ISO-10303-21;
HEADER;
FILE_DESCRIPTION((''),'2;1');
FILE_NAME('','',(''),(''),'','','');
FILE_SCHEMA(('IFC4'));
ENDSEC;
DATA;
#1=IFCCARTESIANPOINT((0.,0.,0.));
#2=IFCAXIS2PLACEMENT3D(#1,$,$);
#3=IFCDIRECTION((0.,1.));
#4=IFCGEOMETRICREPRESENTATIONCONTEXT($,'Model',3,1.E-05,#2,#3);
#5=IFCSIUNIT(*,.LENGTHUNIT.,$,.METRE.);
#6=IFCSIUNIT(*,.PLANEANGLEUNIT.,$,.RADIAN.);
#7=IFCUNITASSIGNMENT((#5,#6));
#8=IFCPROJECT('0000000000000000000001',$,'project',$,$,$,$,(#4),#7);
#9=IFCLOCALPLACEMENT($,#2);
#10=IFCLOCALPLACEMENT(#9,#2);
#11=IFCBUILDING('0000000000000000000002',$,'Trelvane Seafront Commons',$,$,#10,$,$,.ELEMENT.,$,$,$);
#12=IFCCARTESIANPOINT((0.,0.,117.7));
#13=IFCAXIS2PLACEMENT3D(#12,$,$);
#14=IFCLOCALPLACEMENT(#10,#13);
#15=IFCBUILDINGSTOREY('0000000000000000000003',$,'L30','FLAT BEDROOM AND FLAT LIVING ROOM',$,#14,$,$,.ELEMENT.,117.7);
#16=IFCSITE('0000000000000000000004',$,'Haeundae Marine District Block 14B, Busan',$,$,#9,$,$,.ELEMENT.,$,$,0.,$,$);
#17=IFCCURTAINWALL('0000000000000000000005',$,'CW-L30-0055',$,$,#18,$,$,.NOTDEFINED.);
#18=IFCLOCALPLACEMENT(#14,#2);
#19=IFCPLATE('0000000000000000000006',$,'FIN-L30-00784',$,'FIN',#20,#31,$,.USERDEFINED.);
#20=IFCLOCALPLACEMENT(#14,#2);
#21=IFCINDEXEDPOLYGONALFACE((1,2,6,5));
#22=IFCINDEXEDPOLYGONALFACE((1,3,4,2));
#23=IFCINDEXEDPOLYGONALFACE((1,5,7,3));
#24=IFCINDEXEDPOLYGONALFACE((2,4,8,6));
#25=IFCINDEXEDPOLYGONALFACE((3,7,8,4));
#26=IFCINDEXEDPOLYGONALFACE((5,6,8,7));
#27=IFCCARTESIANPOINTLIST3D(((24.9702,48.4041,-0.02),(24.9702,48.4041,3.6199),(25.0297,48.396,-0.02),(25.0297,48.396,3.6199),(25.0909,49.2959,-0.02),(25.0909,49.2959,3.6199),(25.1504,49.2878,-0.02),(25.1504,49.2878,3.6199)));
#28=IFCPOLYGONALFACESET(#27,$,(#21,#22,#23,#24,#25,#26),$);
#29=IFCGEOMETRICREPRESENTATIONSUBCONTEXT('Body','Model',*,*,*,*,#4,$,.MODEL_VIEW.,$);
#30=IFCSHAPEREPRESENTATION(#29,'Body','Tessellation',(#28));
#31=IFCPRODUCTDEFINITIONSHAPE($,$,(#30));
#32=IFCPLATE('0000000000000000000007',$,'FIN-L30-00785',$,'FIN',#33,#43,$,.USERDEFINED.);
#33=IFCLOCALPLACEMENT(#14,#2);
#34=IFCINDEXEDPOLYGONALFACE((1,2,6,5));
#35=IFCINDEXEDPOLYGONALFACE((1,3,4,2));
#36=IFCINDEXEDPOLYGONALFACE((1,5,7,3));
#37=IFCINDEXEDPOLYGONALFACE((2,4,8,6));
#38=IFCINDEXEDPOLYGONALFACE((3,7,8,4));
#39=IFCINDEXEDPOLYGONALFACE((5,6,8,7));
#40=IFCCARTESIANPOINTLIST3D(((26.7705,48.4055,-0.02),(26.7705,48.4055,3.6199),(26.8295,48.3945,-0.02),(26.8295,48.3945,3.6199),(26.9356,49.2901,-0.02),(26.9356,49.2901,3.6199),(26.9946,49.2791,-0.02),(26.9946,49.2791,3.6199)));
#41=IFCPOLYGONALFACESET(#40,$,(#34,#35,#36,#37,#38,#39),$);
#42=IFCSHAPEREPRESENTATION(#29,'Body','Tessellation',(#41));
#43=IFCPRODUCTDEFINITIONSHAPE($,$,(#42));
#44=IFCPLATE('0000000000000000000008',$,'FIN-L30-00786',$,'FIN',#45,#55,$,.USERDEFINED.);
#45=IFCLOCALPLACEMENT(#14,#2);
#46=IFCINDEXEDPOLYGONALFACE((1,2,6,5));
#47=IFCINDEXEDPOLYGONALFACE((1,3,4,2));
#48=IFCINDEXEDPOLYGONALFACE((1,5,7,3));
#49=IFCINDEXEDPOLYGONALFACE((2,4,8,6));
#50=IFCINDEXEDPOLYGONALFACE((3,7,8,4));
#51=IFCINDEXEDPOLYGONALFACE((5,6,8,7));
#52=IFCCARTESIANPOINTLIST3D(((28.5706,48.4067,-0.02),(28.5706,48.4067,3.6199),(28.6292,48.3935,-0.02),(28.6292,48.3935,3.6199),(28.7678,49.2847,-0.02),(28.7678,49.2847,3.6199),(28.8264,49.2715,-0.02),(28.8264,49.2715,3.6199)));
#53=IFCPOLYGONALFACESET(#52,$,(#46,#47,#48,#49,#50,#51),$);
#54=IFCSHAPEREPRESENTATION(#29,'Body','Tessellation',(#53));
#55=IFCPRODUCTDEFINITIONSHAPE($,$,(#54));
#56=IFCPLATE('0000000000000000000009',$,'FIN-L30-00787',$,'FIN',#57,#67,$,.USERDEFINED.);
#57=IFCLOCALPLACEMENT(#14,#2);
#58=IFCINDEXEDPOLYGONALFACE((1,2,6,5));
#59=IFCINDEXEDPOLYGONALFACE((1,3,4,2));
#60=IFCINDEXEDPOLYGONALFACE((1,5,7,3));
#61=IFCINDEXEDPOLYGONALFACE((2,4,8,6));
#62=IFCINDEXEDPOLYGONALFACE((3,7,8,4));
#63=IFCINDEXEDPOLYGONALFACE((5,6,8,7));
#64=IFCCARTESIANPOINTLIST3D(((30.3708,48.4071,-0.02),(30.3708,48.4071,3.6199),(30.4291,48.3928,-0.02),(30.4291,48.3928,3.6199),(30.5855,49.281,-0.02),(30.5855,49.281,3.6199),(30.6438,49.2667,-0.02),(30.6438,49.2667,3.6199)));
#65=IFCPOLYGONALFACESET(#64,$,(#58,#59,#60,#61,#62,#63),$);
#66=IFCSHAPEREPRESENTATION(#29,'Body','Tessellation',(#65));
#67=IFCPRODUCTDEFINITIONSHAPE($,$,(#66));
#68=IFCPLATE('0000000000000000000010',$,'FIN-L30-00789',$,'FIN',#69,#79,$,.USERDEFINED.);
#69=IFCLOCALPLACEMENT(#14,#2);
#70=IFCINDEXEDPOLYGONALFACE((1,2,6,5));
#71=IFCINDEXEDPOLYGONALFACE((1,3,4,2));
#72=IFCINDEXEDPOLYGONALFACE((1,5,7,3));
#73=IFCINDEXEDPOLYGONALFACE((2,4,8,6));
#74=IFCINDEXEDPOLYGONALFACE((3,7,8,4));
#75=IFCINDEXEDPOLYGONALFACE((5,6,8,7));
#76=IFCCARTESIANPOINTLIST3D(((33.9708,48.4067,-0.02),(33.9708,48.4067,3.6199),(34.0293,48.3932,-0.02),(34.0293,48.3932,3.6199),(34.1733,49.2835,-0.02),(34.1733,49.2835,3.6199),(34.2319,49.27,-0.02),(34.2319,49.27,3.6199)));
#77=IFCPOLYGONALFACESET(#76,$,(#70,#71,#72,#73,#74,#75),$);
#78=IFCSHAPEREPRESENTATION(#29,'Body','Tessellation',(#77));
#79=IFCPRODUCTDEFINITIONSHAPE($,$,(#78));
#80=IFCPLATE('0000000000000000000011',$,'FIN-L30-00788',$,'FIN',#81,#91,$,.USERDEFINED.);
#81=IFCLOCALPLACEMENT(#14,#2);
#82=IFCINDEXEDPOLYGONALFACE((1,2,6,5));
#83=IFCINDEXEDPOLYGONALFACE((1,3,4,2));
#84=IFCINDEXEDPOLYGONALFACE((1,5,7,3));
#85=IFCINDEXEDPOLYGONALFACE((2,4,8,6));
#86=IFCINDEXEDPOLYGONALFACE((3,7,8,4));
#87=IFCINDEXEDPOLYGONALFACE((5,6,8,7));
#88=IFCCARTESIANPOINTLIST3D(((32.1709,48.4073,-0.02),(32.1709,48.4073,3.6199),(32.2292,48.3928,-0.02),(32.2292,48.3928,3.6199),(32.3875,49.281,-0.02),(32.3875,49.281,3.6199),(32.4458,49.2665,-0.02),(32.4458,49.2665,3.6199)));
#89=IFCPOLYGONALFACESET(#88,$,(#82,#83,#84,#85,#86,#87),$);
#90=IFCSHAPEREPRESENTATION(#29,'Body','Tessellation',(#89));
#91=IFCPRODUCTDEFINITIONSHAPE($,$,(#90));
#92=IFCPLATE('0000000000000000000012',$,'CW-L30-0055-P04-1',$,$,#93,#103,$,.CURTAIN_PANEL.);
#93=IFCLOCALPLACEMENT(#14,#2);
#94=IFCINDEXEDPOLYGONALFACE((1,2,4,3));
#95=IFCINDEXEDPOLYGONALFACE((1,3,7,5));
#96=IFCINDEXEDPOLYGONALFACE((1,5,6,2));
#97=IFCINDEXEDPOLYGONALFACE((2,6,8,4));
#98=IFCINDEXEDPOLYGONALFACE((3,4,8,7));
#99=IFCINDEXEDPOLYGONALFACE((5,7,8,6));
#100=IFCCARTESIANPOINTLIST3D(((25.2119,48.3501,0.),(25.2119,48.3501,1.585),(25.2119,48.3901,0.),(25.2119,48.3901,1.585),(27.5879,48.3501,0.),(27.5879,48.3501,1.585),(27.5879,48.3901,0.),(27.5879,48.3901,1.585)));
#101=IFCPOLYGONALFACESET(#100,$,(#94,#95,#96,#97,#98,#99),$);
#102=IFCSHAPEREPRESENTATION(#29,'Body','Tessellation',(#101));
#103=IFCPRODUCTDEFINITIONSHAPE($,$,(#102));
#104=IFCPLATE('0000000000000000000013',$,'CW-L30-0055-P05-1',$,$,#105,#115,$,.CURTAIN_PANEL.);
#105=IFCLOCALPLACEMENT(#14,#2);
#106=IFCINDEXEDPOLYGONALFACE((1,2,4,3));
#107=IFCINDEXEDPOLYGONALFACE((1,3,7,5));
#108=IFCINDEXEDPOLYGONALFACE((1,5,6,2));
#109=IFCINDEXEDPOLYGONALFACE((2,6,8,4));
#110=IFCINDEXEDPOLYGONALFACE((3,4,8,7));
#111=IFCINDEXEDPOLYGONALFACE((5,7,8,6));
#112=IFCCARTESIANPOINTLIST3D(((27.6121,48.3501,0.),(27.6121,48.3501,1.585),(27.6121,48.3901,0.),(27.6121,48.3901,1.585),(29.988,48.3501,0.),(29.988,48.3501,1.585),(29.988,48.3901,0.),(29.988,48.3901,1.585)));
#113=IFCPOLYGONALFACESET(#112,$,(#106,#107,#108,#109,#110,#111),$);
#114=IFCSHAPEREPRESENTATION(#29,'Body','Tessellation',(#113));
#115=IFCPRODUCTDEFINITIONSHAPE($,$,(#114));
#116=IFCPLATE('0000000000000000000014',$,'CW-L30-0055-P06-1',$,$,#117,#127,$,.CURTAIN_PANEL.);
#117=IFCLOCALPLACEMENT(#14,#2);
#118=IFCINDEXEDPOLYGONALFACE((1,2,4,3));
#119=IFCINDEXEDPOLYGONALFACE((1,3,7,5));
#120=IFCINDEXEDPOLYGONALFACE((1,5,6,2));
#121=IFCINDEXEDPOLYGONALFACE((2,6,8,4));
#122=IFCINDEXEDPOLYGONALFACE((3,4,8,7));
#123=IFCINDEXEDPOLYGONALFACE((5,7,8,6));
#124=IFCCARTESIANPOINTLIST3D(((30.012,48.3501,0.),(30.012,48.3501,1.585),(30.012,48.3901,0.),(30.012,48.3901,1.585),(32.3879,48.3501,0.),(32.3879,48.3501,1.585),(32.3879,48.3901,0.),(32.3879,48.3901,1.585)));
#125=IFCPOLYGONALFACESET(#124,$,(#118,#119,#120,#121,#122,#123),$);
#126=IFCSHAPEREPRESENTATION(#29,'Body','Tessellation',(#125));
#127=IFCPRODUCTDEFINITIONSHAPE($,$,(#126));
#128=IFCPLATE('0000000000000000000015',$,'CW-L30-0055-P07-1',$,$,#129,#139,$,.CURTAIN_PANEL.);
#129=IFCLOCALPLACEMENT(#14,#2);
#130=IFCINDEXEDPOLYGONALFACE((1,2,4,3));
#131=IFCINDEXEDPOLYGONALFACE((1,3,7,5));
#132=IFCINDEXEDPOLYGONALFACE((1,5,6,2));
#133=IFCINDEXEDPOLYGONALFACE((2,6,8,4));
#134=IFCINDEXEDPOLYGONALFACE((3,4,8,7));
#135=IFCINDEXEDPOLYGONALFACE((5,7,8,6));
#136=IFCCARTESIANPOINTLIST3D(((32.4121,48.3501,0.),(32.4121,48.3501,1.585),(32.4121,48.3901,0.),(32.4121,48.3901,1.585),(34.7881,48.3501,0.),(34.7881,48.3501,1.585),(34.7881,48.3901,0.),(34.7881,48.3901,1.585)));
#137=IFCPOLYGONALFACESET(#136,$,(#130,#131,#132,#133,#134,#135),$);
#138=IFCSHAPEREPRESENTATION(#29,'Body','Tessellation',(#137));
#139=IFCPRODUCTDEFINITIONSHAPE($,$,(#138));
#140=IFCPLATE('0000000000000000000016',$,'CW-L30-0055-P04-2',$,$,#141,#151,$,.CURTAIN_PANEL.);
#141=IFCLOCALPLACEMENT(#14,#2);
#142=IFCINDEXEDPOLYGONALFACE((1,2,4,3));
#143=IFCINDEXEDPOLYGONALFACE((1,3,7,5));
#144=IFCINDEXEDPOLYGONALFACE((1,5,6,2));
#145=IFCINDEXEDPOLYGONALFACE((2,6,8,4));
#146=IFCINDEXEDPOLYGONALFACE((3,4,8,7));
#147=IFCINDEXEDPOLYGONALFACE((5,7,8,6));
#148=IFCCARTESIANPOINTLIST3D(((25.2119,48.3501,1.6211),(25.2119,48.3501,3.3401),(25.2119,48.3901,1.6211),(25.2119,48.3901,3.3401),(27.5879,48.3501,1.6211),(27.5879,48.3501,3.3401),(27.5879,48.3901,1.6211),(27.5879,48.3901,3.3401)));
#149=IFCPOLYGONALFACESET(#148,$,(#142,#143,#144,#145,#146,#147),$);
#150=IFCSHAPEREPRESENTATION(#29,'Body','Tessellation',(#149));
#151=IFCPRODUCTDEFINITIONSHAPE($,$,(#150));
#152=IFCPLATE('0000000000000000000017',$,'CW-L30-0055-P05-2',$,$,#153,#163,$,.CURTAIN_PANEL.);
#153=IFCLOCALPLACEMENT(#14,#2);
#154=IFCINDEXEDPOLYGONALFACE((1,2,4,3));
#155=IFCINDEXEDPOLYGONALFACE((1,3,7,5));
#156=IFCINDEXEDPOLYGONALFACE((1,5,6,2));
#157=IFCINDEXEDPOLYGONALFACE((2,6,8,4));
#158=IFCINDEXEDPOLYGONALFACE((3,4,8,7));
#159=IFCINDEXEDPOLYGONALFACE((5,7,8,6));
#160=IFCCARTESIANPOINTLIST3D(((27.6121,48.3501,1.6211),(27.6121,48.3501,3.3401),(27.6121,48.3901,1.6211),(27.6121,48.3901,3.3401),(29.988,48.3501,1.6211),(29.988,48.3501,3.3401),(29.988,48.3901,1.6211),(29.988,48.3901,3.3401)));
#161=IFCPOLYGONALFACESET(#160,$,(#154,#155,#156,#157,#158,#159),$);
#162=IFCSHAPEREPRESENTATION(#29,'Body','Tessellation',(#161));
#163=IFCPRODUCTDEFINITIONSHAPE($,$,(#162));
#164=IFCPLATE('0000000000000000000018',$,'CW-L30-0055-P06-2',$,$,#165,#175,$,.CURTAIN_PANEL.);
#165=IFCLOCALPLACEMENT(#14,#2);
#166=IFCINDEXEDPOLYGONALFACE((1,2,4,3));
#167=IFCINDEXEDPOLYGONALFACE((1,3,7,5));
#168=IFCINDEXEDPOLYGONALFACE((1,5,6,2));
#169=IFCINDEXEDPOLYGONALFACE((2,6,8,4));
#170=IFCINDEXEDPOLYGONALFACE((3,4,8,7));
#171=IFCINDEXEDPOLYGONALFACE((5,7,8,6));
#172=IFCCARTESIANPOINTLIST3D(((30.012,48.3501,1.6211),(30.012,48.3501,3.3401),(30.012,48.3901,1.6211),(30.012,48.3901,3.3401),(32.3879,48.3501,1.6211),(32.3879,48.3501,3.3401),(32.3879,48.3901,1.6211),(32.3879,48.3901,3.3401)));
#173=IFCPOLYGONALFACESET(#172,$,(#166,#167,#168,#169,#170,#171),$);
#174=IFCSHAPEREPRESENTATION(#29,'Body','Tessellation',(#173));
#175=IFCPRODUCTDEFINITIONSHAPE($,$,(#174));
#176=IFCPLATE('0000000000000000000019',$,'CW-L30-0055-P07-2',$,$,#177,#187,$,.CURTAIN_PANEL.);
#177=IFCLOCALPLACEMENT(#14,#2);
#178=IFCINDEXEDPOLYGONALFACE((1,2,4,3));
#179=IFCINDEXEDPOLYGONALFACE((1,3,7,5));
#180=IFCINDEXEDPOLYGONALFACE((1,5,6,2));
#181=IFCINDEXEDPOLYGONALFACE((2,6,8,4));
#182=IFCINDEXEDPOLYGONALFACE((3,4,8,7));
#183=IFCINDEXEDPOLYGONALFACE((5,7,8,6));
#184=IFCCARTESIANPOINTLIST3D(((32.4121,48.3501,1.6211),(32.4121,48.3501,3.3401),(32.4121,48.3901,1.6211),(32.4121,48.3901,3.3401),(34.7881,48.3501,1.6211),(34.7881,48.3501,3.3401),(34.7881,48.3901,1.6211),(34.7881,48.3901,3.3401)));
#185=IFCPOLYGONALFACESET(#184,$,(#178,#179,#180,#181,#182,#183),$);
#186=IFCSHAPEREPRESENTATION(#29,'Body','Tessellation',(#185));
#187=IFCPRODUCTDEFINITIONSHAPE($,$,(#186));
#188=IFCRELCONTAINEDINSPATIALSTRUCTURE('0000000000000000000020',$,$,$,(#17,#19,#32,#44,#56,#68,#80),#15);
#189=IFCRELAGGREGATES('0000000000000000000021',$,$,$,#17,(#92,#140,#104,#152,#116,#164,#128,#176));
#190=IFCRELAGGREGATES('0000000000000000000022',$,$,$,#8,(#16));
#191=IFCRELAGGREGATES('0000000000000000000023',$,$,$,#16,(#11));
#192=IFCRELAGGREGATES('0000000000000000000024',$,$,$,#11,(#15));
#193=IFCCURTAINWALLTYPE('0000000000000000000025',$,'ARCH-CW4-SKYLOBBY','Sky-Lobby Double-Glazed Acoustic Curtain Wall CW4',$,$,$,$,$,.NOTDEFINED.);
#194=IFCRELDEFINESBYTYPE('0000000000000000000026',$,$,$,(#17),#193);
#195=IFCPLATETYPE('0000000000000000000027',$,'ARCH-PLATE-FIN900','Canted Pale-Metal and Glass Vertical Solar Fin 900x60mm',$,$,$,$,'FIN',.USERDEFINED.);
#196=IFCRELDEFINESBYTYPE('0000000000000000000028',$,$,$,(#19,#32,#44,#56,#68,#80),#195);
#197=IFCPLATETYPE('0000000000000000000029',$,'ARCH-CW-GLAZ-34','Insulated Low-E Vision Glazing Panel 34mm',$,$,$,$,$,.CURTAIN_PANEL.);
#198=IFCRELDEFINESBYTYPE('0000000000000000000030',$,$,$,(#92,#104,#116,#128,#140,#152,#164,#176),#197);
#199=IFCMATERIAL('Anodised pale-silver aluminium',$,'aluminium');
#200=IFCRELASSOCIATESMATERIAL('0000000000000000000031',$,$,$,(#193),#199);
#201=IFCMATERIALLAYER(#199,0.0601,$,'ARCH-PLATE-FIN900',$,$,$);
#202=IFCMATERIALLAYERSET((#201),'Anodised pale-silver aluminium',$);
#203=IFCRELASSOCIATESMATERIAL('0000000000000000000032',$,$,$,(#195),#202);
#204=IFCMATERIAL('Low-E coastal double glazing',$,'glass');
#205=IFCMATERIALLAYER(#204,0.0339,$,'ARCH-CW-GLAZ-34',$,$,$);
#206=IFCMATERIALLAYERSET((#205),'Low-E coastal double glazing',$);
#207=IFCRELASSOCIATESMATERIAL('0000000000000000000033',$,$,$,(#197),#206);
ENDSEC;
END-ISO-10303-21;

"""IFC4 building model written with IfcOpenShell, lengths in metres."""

from ifc_helpers import new_model, si_unit, direction, frame, origin, origin_2d, place, context, subcontext, project, spatial, rectangle, extrude, source, transform, mapped, material, layer, layer_set, type_object, element, aggregate, save


model = new_model("IFC4")

# Units and contexts
model_context = context("Model", 3, precision=1e-05, world=origin(), true_north=direction((0.0, 1.0)))
body_context = subcontext(model_context, "Body", "Model", "MODEL_VIEW")
ifc_project = project(units=[si_unit("LENGTHUNIT", "METRE"), si_unit("PLANEANGLEUNIT", "RADIAN")], contexts=[model_context])

# Site, building, storey
site_placement = place(None, origin())
site = spatial("IfcSite", under=ifc_project, at=site_placement, Name="Haeundae Marine District Block 14B, Busan", CompositionType="ELEMENT", RefElevation=0.0)
building_placement = place(site_placement, origin())
building = spatial("IfcBuilding", under=site, at=building_placement, Name="Trelvane Seafront Commons", CompositionType="ELEMENT")
storey_placement = place(building_placement, frame((0.0, 0.0, 117.7)))
storey = spatial("IfcBuildingStorey", under=building, at=storey_placement, Name="L30", Description="FLAT BEDROOM AND FLAT LIVING ROOM", CompositionType="ELEMENT", Elevation=117.7)

# Curtain wall
ifc_material_1 = material(Name="Anodised pale-silver aluminium", Category="aluminium")
curtain_wall_type = type_object("IfcCurtainWallType", Name="ARCH-CW4-SKYLOBBY", Description="Sky-Lobby Double-Glazed Acoustic Curtain Wall CW4", PredefinedType="NOTDEFINED", material=ifc_material_1)
curtain_wall_placement = place(storey_placement, origin())
curtain_wall = element("IfcCurtainWall", 1, at=curtain_wall_placement, inside=storey, type_object=curtain_wall_type, Name="CW-L30-0055", PredefinedType="NOTDEFINED")

# Plates
ifc_layer_1 = layer(ifc_material_1, 0.0601, Name="ARCH-PLATE-FIN900")
ifc_layer_set_1 = layer_set([ifc_layer_1], Name="Anodised pale-silver aluminium")
plate_type_1 = type_object("IfcPlateType", Name="ARCH-PLATE-FIN900", Description="Canted Pale-Metal and Glass Vertical Solar Fin 900x60mm", ElementType="FIN", PredefinedType="USERDEFINED", material=ifc_layer_set_1)
shared_shape_1 = source(origin(), body_context, "Body", "SweptSolid", [
    extrude(rectangle(XDim=0.8999, YDim=0.0601, at=origin_2d()), origin(), (0.0, 0.0, 1.0), 3.6399),
])
for number, where, z_axis, x_axis, name in (
    (2, (25.0603, 48.8459, -0.02), (0.0, 0.0, 1.0), (0.134107, 0.990967, 0.0), "FIN-L30-00784"),
    (3, (26.8826, 48.8423, -0.02), (0.0, 0.0, 1.0), (0.18345, 0.983029, 0.0), "FIN-L30-00785"),
    (4, (28.6985, 48.8391, -0.02), (0.0, 0.0, 1.0), (0.219117, 0.975698, 0.0), "FIN-L30-00786"),
    (5, (30.5073, 48.8369, -0.02), (0.0, 0.0, 1.0), (0.238559, 0.971128, 0.0), "FIN-L30-00787"),
    (6, (34.1013, 48.8384, -0.02), (0.0, 0.0, 1.0), (0.225111, 0.974333, 0.0), "FIN-L30-00789"),
):
    element("IfcPlate", number, at=place(storey_placement, frame(where, z_axis=z_axis, x_axis=x_axis)), inside=storey, type_object=plate_type_1, Name=name, ObjectType="FIN", PredefinedType="USERDEFINED", context=body_context, shape_type="MappedRepresentation", body=[
        mapped(shared_shape_1, transform((0.0, 0.0, 0.0), x_axis=(1.0, 0.0, 0.0), y_axis=(0.0, 1.0, 0.0), z_axis=(0.0, 0.0, 1.0), scale=1.0)),
    ])
shared_shape_2 = source(origin(), body_context, "Body", "SweptSolid", [
    extrude(rectangle(XDim=0.9001, YDim=0.0601, at=origin_2d()), origin(), (0.0, 0.0, 1.0), 3.6399),
])
plate_1_placement = place(storey_placement, frame((32.3083, 48.8369, -0.02), z_axis=(0.0, 0.0, 1.0), x_axis=(0.240653, 0.970611, 0.0)))
element("IfcPlate", 7, at=plate_1_placement, inside=storey, type_object=plate_type_1, Name="FIN-L30-00788", ObjectType="FIN", PredefinedType="USERDEFINED", context=body_context, shape_type="MappedRepresentation", body=[
    mapped(shared_shape_2, transform((0.0, 0.0, 0.0), x_axis=(1.0, 0.0, 0.0), y_axis=(0.0, 1.0, 0.0), z_axis=(0.0, 0.0, 1.0), scale=1.0)),
])

# Plates
ifc_material_2 = material(Name="Low-E coastal double glazing", Category="glass")
ifc_layer_2 = layer(ifc_material_2, 0.0339, Name="ARCH-CW-GLAZ-34")
ifc_layer_set_2 = layer_set([ifc_layer_2], Name="Low-E coastal double glazing")
plate_type_2 = type_object("IfcPlateType", Name="ARCH-CW-GLAZ-34", Description="Insulated Low-E Vision Glazing Panel 34mm", PredefinedType="CURTAIN_PANEL", material=ifc_layer_set_2)
shared_shape_3 = source(origin(), body_context, "Body", "SweptSolid", [
    extrude(rectangle(XDim=2.376, YDim=0.04, at=origin_2d()), origin(), (0.0, 0.0, 1.0), 1.585),
])
plate_2_placement = place(storey_placement, frame((26.3999, 48.3701, 0.0), z_axis=(0.0, 0.0, 1.0), x_axis=(1.0, 0.0, 0.0)))
plate_2 = element("IfcPlate", 8, at=plate_2_placement, type_object=plate_type_2, Name="CW-L30-0055-P04-1", PredefinedType="CURTAIN_PANEL", context=body_context, shape_type="MappedRepresentation", body=[
    mapped(shared_shape_3, transform((0.0, 0.0, 0.0), x_axis=(1.0, 0.0, 0.0), y_axis=(0.0, 1.0, 0.0), z_axis=(0.0, 0.0, 1.0), scale=1.0)),
])
plate_3_placement = place(storey_placement, frame((28.8, 48.3701, 0.0), z_axis=(0.0, 0.0, 1.0), x_axis=(1.0, 0.0, 0.0)))
plate_3 = element("IfcPlate", 9, at=plate_3_placement, type_object=plate_type_2, Name="CW-L30-0055-P05-1", PredefinedType="CURTAIN_PANEL", context=body_context, shape_type="MappedRepresentation", body=[
    mapped(shared_shape_3, transform((0.0, 0.0, 0.0), x_axis=(1.0, 0.0, 0.0), y_axis=(0.0, 1.0, 0.0), z_axis=(0.0, 0.0, 1.0), scale=1.0)),
])
plate_4_placement = place(storey_placement, frame((31.2, 48.3701, 0.0), z_axis=(0.0, 0.0, 1.0), x_axis=(1.0, 0.0, 0.0)))
plate_4 = element("IfcPlate", 10, at=plate_4_placement, type_object=plate_type_2, Name="CW-L30-0055-P06-1", PredefinedType="CURTAIN_PANEL", context=body_context, shape_type="MappedRepresentation", body=[
    mapped(shared_shape_3, transform((0.0, 0.0, 0.0), x_axis=(1.0, 0.0, 0.0), y_axis=(0.0, 1.0, 0.0), z_axis=(0.0, 0.0, 1.0), scale=1.0)),
])
plate_5_placement = place(storey_placement, frame((33.6001, 48.3701, 0.0), z_axis=(0.0, 0.0, 1.0), x_axis=(1.0, 0.0, 0.0)))
plate_5 = element("IfcPlate", 11, at=plate_5_placement, type_object=plate_type_2, Name="CW-L30-0055-P07-1", PredefinedType="CURTAIN_PANEL", context=body_context, shape_type="MappedRepresentation", body=[
    mapped(shared_shape_3, transform((0.0, 0.0, 0.0), x_axis=(1.0, 0.0, 0.0), y_axis=(0.0, 1.0, 0.0), z_axis=(0.0, 0.0, 1.0), scale=1.0)),
])
shared_shape_4 = source(origin(), body_context, "Body", "SweptSolid", [
    extrude(rectangle(XDim=2.376, YDim=0.04, at=origin_2d()), origin(), (0.0, 0.0, 1.0), 1.719),
])
plate_6_placement = place(storey_placement, frame((26.3999, 48.3701, 1.6211), z_axis=(0.0, 0.0, 1.0), x_axis=(1.0, 0.0, 0.0)))
plate_6 = element("IfcPlate", 12, at=plate_6_placement, type_object=plate_type_2, Name="CW-L30-0055-P04-2", PredefinedType="CURTAIN_PANEL", context=body_context, shape_type="MappedRepresentation", body=[
    mapped(shared_shape_4, transform((0.0, 0.0, 0.0), x_axis=(1.0, 0.0, 0.0), y_axis=(0.0, 1.0, 0.0), z_axis=(0.0, 0.0, 1.0), scale=1.0)),
])
plate_7_placement = place(storey_placement, frame((28.8, 48.3701, 1.6211), z_axis=(0.0, 0.0, 1.0), x_axis=(1.0, 0.0, 0.0)))
plate_7 = element("IfcPlate", 13, at=plate_7_placement, type_object=plate_type_2, Name="CW-L30-0055-P05-2", PredefinedType="CURTAIN_PANEL", context=body_context, shape_type="MappedRepresentation", body=[
    mapped(shared_shape_4, transform((0.0, 0.0, 0.0), x_axis=(1.0, 0.0, 0.0), y_axis=(0.0, 1.0, 0.0), z_axis=(0.0, 0.0, 1.0), scale=1.0)),
])
plate_8_placement = place(storey_placement, frame((31.2, 48.3701, 1.6211), z_axis=(0.0, 0.0, 1.0), x_axis=(1.0, 0.0, 0.0)))
plate_8 = element("IfcPlate", 14, at=plate_8_placement, type_object=plate_type_2, Name="CW-L30-0055-P06-2", PredefinedType="CURTAIN_PANEL", context=body_context, shape_type="MappedRepresentation", body=[
    mapped(shared_shape_4, transform((0.0, 0.0, 0.0), x_axis=(1.0, 0.0, 0.0), y_axis=(0.0, 1.0, 0.0), z_axis=(0.0, 0.0, 1.0), scale=1.0)),
])
plate_9_placement = place(storey_placement, frame((33.6001, 48.3701, 1.6211), z_axis=(0.0, 0.0, 1.0), x_axis=(1.0, 0.0, 0.0)))
plate_9 = element("IfcPlate", 15, at=plate_9_placement, type_object=plate_type_2, Name="CW-L30-0055-P07-2", PredefinedType="CURTAIN_PANEL", context=body_context, shape_type="MappedRepresentation", body=[
    mapped(shared_shape_4, transform((0.0, 0.0, 0.0), x_axis=(1.0, 0.0, 0.0), y_axis=(0.0, 1.0, 0.0), z_axis=(0.0, 0.0, 1.0), scale=1.0)),
])
aggregate(curtain_wall, [plate_2, plate_6, plate_3, plate_7, plate_4, plate_8, plate_5, plate_9])

save(model, "model.ifc")
